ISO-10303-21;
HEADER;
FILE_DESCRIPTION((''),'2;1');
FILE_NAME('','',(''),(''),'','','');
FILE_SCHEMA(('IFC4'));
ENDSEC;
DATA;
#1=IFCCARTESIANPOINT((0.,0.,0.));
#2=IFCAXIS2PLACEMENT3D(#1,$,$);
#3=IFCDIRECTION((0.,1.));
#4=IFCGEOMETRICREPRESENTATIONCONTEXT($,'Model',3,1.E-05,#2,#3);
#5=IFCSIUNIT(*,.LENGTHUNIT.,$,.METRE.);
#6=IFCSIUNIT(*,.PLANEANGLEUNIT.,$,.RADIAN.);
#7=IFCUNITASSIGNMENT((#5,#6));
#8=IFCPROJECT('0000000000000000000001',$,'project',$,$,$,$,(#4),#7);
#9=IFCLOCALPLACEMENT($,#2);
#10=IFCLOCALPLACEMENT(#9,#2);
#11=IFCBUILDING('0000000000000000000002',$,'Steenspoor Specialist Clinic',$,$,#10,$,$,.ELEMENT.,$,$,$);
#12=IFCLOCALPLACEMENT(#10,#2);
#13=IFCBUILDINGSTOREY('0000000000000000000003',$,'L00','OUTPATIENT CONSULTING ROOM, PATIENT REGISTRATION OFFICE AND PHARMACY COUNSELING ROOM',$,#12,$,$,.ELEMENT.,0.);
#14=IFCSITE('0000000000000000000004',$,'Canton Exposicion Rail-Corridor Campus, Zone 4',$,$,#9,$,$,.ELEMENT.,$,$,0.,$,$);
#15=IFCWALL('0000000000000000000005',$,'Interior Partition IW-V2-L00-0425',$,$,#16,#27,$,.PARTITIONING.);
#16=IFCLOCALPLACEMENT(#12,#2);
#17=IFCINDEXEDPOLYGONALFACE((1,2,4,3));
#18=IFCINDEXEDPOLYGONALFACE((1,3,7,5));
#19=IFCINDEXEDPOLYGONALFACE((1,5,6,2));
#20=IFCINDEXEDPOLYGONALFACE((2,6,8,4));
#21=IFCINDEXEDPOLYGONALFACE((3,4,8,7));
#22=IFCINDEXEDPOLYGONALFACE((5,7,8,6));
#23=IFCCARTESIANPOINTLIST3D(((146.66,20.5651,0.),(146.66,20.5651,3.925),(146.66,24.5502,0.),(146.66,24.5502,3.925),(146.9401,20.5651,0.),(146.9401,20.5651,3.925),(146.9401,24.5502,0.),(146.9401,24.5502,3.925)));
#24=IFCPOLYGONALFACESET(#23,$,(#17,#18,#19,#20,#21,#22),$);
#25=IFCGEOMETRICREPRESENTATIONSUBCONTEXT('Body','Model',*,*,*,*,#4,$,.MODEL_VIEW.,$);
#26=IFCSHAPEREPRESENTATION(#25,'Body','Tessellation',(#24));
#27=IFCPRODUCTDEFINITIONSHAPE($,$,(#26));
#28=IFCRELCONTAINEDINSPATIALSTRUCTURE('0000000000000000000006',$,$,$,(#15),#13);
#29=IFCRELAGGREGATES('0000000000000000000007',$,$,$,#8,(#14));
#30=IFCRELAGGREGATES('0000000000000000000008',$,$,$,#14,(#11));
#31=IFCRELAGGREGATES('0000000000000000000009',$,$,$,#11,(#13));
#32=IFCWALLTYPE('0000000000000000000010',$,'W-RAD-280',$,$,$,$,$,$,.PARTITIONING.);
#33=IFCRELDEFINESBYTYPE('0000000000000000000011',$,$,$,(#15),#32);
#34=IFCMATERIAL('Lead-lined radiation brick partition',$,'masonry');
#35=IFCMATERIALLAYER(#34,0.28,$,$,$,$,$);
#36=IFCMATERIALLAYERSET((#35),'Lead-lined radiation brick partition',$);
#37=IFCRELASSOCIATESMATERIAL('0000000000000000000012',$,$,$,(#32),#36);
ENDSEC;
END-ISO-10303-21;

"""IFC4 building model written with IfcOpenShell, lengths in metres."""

from ifc_helpers import new_model, si_unit, direction, frame, frame_2d, origin, place, context, subcontext, project, spatial, rectangle, extrude, material, layer, layer_set, type_object, element, save


model = new_model("IFC4")

# Units and contexts
model_context = context("Model", 3, precision=1e-05, world=origin(), true_north=direction((0.0, 1.0)))
body_context = subcontext(model_context, "Body", "Model", "MODEL_VIEW")
ifc_project = project(units=[si_unit("LENGTHUNIT", "METRE"), si_unit("PLANEANGLEUNIT", "RADIAN")], contexts=[model_context])

# Site, building, storey
site_placement = place(None, origin())
site = spatial("IfcSite", under=ifc_project, at=site_placement, Name="Canton Exposicion Rail-Corridor Campus, Zone 4", CompositionType="ELEMENT", RefElevation=0.0)
building_placement = place(site_placement, origin())
building = spatial("IfcBuilding", under=site, at=building_placement, Name="Steenspoor Specialist Clinic", CompositionType="ELEMENT")
storey_placement = place(building_placement, origin())
storey = spatial("IfcBuildingStorey", under=building, at=storey_placement, Name="L00", Description="OUTPATIENT CONSULTING ROOM, PATIENT REGISTRATION OFFICE AND PHARMACY COUNSELING ROOM", CompositionType="ELEMENT", Elevation=0.0)

# Wall
ifc_material_1 = material(Name="Lead-lined radiation brick partition", Category="masonry")
ifc_layer_1 = layer(ifc_material_1, 0.28)
ifc_layer_set_1 = layer_set([ifc_layer_1], Name="Lead-lined radiation brick partition")
wall_type_1 = type_object("IfcWallType", Name="W-RAD-280", PredefinedType="PARTITIONING", material=ifc_layer_set_1)
wall_1_placement = place(storey_placement, frame((146.8, 20.5649, 0.0), z_axis=(0.0, 0.0, 1.0), x_axis=(0.0, 1.0, 0.0)))
element("IfcWall", 1, at=wall_1_placement, inside=storey, type_object=wall_type_1, Name="Interior Partition IW-V2-L00-0425", PredefinedType="PARTITIONING", context=body_context, shape_type="SweptSolid", body=[
    extrude(rectangle(XDim=3.9851, YDim=0.28, at=frame_2d((1.9927, 0.0))), origin(), (0.0, 0.0, 1.0), 3.925),
])

save(model, "model.ifc")
